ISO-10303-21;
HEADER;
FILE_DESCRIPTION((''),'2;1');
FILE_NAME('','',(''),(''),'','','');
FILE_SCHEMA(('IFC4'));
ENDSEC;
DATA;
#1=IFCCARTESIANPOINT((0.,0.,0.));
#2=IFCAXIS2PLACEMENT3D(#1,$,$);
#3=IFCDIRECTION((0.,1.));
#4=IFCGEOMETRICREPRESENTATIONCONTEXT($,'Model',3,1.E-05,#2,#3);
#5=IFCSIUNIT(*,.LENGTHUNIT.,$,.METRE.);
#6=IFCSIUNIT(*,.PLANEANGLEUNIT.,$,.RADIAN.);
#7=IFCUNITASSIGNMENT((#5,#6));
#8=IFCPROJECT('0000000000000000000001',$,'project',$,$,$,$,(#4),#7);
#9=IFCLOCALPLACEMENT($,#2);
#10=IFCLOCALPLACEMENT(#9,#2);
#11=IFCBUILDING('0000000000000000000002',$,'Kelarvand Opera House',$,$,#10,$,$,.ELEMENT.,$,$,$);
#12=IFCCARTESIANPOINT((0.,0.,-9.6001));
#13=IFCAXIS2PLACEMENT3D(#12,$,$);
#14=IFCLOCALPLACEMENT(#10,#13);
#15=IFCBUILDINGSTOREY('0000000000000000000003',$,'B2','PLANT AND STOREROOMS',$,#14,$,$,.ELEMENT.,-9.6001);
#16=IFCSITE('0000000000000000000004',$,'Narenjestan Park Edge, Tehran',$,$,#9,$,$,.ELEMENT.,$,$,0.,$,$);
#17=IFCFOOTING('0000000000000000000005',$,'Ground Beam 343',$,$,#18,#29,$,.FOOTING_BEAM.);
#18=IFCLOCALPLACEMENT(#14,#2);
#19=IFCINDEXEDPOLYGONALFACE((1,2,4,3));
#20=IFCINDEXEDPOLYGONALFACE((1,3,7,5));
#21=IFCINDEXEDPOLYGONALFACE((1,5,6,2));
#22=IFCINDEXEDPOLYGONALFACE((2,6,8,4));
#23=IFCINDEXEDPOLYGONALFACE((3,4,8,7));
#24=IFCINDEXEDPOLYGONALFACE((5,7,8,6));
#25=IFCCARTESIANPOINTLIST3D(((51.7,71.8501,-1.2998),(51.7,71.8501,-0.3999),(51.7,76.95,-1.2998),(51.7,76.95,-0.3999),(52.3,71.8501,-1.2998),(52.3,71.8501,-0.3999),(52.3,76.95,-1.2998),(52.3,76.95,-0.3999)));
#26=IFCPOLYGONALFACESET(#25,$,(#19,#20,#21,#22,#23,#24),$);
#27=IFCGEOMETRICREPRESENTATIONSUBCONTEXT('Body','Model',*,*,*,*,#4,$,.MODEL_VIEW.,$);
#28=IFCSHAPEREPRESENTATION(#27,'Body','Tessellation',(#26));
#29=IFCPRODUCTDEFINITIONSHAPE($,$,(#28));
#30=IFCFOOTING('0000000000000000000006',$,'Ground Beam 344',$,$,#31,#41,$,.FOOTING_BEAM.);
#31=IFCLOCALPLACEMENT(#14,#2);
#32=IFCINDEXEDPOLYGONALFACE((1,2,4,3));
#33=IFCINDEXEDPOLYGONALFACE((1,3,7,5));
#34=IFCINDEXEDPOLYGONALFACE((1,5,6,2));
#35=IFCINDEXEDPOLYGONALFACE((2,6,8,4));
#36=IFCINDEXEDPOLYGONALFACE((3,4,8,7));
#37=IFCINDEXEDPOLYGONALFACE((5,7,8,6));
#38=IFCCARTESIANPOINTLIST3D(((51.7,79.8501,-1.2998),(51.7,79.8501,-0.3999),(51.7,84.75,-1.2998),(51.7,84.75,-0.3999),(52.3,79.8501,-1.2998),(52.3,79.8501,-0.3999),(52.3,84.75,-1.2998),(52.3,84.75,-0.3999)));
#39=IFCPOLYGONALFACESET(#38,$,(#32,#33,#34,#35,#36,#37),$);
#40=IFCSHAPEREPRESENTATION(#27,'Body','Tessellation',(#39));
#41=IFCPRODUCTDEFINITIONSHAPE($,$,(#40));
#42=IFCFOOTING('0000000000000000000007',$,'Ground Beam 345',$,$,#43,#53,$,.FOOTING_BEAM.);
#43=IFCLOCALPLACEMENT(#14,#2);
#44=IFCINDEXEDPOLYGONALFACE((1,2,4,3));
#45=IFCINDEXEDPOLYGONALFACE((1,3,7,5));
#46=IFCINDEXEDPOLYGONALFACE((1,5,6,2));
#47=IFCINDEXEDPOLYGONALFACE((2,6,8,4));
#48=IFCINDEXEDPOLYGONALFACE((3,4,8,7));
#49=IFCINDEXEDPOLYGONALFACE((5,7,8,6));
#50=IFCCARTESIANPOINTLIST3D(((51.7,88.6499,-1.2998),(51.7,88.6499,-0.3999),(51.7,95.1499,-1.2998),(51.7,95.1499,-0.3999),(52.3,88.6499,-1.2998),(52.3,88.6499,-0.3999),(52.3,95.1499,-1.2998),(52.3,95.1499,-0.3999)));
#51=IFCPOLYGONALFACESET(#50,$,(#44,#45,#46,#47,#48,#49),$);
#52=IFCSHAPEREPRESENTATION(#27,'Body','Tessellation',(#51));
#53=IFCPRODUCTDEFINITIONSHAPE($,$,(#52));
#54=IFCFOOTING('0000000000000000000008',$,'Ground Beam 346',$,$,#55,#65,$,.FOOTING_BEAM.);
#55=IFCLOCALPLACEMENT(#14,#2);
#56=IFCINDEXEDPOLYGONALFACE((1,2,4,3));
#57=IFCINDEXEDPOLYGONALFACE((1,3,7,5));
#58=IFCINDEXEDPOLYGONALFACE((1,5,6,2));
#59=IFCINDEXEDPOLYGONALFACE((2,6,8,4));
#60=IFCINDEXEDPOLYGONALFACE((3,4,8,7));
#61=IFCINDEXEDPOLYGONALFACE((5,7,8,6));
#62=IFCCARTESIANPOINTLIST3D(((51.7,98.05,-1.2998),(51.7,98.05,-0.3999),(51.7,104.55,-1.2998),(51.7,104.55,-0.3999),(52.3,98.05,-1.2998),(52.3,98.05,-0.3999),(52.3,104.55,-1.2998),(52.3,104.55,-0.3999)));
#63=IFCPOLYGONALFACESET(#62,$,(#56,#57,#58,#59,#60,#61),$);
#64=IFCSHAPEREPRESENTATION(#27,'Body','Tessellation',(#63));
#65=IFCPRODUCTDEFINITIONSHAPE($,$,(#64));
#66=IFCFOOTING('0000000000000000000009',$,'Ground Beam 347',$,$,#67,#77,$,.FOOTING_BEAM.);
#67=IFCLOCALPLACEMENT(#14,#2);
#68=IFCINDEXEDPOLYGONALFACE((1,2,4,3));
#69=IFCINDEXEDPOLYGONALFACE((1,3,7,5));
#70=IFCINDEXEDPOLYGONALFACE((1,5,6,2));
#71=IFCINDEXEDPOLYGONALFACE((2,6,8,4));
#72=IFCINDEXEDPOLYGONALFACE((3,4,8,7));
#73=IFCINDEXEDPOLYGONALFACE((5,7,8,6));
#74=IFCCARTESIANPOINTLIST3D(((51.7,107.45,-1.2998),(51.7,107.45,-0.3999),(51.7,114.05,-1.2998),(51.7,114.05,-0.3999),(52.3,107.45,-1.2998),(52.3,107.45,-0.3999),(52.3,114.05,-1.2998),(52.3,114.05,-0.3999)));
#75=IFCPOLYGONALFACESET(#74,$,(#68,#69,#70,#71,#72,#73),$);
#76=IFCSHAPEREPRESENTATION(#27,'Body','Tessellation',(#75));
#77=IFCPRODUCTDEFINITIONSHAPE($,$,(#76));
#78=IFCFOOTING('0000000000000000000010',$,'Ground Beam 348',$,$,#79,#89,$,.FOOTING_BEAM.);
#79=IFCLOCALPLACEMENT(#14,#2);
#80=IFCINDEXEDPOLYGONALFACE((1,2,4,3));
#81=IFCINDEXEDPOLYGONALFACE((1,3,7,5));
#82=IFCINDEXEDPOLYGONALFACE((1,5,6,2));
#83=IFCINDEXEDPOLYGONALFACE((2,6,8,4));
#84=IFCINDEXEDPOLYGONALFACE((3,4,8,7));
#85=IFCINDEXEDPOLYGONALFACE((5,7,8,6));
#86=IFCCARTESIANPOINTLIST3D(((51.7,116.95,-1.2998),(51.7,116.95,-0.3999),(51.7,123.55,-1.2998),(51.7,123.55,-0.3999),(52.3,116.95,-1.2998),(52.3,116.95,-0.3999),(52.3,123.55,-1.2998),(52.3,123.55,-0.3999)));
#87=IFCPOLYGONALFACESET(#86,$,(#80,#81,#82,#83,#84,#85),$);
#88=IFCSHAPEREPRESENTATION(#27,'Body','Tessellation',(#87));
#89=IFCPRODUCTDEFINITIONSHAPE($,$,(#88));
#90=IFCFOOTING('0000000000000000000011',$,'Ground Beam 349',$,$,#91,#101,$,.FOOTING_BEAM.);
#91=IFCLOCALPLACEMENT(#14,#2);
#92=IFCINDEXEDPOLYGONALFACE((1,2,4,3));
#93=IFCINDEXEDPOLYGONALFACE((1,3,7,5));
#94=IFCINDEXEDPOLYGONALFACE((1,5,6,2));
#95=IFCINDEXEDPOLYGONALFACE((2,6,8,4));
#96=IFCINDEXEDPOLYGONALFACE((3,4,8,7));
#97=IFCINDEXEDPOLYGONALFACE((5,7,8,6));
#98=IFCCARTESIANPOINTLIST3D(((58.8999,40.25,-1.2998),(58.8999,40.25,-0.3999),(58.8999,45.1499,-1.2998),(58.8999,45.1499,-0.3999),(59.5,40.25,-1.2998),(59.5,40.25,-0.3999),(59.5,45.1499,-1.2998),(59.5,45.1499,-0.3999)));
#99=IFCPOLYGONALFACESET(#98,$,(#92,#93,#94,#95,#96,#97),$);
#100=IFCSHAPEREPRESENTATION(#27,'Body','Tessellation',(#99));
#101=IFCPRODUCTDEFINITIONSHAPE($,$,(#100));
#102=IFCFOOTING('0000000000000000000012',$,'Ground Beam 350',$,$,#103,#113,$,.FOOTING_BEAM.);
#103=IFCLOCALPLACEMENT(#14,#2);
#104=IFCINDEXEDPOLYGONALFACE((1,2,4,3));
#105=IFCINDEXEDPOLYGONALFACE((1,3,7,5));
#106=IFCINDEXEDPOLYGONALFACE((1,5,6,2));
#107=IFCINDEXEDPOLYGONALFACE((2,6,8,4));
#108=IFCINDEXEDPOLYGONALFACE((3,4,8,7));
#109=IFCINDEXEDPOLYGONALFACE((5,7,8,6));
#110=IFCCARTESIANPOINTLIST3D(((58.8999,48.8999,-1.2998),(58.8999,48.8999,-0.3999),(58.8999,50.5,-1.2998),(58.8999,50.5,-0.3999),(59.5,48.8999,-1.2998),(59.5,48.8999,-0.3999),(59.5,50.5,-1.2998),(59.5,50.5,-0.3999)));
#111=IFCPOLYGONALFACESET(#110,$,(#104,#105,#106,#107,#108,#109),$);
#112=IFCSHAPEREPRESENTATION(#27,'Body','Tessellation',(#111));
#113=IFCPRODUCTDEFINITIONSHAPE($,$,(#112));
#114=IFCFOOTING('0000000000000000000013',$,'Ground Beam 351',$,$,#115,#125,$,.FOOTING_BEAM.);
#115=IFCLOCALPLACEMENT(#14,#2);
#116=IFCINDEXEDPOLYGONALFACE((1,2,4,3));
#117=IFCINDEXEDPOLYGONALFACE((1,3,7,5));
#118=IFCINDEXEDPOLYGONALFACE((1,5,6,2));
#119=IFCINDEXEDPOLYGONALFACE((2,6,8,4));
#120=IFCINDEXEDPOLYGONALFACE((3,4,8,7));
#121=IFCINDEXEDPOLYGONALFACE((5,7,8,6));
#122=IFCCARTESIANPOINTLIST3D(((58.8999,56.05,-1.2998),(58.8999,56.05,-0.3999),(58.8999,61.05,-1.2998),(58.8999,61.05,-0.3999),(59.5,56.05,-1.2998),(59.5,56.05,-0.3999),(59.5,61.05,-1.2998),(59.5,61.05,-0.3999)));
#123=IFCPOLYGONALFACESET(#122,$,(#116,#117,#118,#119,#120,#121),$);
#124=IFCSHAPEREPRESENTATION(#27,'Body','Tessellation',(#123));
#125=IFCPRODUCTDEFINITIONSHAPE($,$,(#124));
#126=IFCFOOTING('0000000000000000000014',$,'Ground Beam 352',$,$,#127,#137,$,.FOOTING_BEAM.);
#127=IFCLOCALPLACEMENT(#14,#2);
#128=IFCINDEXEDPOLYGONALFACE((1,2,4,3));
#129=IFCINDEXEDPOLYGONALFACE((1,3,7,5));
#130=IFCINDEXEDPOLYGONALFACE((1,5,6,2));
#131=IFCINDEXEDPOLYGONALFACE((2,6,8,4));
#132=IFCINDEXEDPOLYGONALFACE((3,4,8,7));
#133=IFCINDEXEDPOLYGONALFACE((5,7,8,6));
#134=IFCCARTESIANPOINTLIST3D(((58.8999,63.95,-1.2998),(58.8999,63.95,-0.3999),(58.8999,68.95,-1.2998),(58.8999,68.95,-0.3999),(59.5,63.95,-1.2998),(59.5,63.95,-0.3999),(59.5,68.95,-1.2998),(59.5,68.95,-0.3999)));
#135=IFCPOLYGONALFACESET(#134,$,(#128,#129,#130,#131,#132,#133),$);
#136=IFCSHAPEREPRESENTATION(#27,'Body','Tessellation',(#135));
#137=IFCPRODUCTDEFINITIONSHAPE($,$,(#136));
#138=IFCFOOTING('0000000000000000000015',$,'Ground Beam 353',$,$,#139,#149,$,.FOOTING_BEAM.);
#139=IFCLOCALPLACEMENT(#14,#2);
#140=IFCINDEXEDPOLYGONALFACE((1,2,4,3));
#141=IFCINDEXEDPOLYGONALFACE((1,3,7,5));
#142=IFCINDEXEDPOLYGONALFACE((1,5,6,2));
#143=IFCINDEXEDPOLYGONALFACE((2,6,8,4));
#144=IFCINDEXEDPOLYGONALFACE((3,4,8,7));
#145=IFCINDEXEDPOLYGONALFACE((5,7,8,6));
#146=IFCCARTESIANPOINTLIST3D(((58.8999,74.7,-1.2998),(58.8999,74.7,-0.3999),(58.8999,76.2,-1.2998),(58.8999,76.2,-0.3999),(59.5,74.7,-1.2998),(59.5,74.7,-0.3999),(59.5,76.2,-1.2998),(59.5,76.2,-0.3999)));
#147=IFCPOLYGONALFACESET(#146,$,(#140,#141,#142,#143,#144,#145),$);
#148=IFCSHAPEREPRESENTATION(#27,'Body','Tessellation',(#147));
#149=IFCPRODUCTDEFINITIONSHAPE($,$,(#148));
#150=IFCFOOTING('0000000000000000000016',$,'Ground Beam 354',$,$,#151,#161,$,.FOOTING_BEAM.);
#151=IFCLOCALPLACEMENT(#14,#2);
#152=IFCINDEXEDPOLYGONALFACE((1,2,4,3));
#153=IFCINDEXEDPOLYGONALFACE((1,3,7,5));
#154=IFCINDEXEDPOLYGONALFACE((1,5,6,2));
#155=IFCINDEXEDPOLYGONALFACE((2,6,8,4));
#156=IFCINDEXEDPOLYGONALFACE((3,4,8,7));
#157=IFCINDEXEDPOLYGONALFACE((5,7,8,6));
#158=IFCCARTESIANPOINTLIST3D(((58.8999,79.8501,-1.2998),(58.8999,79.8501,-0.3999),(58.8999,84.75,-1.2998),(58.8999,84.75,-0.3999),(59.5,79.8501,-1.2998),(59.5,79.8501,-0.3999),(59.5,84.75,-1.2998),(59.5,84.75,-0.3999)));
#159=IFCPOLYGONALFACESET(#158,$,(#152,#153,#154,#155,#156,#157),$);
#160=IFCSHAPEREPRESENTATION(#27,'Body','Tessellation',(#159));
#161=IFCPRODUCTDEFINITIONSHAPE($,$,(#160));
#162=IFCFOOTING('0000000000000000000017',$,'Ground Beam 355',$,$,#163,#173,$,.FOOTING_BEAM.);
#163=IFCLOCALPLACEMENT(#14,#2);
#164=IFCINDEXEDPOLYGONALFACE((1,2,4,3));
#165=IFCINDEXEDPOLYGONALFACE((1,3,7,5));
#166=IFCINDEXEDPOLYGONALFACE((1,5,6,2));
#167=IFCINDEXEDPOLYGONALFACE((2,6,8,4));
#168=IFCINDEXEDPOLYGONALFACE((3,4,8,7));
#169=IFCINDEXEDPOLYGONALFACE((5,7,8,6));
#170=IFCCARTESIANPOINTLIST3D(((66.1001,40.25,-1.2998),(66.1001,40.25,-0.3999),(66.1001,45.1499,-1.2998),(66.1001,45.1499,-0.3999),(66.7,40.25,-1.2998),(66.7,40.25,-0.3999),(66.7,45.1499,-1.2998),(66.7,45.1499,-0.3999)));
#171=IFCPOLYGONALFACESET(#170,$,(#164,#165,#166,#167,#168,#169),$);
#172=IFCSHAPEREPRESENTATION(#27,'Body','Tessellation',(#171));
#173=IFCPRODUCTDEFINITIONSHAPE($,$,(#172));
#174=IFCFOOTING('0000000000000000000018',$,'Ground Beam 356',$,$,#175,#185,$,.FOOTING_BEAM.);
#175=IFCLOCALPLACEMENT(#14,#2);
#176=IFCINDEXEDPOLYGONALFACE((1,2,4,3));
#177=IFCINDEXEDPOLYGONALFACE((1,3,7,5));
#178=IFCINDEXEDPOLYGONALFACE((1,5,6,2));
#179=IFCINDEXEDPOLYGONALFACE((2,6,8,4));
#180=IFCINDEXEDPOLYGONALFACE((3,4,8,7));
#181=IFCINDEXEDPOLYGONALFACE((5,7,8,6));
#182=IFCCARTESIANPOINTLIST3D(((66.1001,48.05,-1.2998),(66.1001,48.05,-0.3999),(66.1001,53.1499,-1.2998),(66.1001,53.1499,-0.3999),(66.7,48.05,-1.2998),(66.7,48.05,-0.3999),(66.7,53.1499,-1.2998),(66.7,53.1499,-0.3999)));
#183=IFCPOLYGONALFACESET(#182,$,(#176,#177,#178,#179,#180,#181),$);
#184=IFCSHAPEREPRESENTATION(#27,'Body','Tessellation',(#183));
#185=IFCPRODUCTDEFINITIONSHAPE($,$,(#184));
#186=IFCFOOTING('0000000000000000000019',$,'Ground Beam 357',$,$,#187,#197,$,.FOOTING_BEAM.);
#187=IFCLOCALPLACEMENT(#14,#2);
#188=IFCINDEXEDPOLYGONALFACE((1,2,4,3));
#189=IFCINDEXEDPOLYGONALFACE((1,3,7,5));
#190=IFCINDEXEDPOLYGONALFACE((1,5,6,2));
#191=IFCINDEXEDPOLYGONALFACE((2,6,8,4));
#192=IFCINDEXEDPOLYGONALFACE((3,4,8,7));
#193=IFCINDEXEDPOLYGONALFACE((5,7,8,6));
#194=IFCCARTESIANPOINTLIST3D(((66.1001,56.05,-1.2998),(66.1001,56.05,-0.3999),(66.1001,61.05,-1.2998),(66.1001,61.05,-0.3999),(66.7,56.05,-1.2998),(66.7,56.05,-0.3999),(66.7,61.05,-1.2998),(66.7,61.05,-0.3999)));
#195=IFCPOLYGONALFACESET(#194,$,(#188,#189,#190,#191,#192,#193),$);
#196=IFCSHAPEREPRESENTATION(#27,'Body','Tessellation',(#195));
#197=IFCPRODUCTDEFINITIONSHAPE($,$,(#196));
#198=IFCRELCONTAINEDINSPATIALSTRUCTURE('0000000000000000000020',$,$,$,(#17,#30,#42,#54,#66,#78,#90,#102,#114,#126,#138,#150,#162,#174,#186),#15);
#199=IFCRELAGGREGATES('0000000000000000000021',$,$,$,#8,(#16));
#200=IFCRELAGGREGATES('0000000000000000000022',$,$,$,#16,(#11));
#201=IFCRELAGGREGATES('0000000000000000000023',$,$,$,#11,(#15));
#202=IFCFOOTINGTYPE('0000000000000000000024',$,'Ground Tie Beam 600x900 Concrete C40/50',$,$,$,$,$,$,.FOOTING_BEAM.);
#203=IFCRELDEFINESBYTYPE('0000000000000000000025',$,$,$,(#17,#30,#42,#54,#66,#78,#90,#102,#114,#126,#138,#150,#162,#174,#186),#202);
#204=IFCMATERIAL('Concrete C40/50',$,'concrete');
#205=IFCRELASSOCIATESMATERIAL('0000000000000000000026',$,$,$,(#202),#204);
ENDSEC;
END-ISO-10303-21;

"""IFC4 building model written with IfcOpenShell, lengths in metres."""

from ifc_helpers import new_model, si_unit, direction, frame, origin, place, context, subcontext, project, spatial, polyline, outline, extrude, material, type_object, element, save


model = new_model("IFC4")

# Units and contexts
model_context = context("Model", 3, precision=1e-05, world=origin(), true_north=direction((0.0, 1.0)))
body_context = subcontext(model_context, "Body", "Model", "MODEL_VIEW")
ifc_project = project(units=[si_unit("LENGTHUNIT", "METRE"), si_unit("PLANEANGLEUNIT", "RADIAN")], contexts=[model_context])

# Site, building, storey
site_placement = place(None, origin())
site = spatial("IfcSite", under=ifc_project, at=site_placement, Name="Narenjestan Park Edge, Tehran", CompositionType="ELEMENT", RefElevation=0.0)
building_placement = place(site_placement, origin())
building = spatial("IfcBuilding", under=site, at=building_placement, Name="Kelarvand Opera House", CompositionType="ELEMENT")
storey_placement = place(building_placement, frame((0.0, 0.0, -9.6001)))
storey = spatial("IfcBuildingStorey", under=building, at=storey_placement, Name="B2", Description="PLANT AND STOREROOMS", CompositionType="ELEMENT", Elevation=-9.6001)

# Footings
ifc_material = material(Name="Concrete C40/50", Category="concrete")
footing_type = type_object("IfcFootingType", Name="Ground Tie Beam 600x900 Concrete C40/50", PredefinedType="FOOTING_BEAM", material=ifc_material)
footing_1_placement = place(storey_placement, frame((0.0, 0.0, -1.2998)))
element("IfcFooting", 1, at=footing_1_placement, inside=storey, type_object=footing_type, Name="Ground Beam 343", PredefinedType="FOOTING_BEAM", context=body_context, shape_type="SweptSolid", body=[
    extrude(outline(polyline([(51.7, 71.8501), (52.3, 71.8501), (52.3, 76.95), (51.7, 76.95), (51.7, 71.8501)])), origin(), (0.0, 0.0, 1.0), 0.8999),
])
footing_2_placement = place(storey_placement, frame((0.0, 0.0, -1.2998)))
element("IfcFooting", 2, at=footing_2_placement, inside=storey, type_object=footing_type, Name="Ground Beam 344", PredefinedType="FOOTING_BEAM", context=body_context, shape_type="SweptSolid", body=[
    extrude(outline(polyline([(51.7, 79.8501), (52.3, 79.8501), (52.3, 84.75), (51.7, 84.75), (51.7, 79.8501)])), origin(), (0.0, 0.0, 1.0), 0.8999),
])
footing_3_placement = place(storey_placement, frame((0.0, 0.0, -1.2998)))
element("IfcFooting", 3, at=footing_3_placement, inside=storey, type_object=footing_type, Name="Ground Beam 345", PredefinedType="FOOTING_BEAM", context=body_context, shape_type="SweptSolid", body=[
    extrude(outline(polyline([(51.7, 88.6499), (52.3, 88.6499), (52.3, 95.1499), (51.7, 95.1499), (51.7, 88.6499)])), origin(), (0.0, 0.0, 1.0), 0.8999),
])
footing_4_placement = place(storey_placement, frame((0.0, 0.0, -1.2998)))
element("IfcFooting", 4, at=footing_4_placement, inside=storey, type_object=footing_type, Name="Ground Beam 346", PredefinedType="FOOTING_BEAM", context=body_context, shape_type="SweptSolid", body=[
    extrude(outline(polyline([(51.7, 98.05), (52.3, 98.05), (52.3, 104.55), (51.7, 104.55), (51.7, 98.05)])), origin(), (0.0, 0.0, 1.0), 0.8999),
])
footing_5_placement = place(storey_placement, frame((0.0, 0.0, -1.2998)))
element("IfcFooting", 5, at=footing_5_placement, inside=storey, type_object=footing_type, Name="Ground Beam 347", PredefinedType="FOOTING_BEAM", context=body_context, shape_type="SweptSolid", body=[
    extrude(outline(polyline([(51.7, 107.45), (52.3, 107.45), (52.3, 114.05), (51.7, 114.05), (51.7, 107.45)])), origin(), (0.0, 0.0, 1.0), 0.8999),
])
footing_6_placement = place(storey_placement, frame((0.0, 0.0, -1.2998)))
element("IfcFooting", 6, at=footing_6_placement, inside=storey, type_object=footing_type, Name="Ground Beam 348", PredefinedType="FOOTING_BEAM", context=body_context, shape_type="SweptSolid", body=[
    extrude(outline(polyline([(51.7, 116.95), (52.3, 116.95), (52.3, 123.55), (51.7, 123.55), (51.7, 116.95)])), origin(), (0.0, 0.0, 1.0), 0.8999),
])
footing_7_placement = place(storey_placement, frame((0.0, 0.0, -1.2998)))
element("IfcFooting", 7, at=footing_7_placement, inside=storey, type_object=footing_type, Name="Ground Beam 349", PredefinedType="FOOTING_BEAM", context=body_context, shape_type="SweptSolid", body=[
    extrude(outline(polyline([(58.8999, 40.25), (59.5, 40.25), (59.5, 45.1499), (58.8999, 45.1499), (58.8999, 40.25)])), origin(), (0.0, 0.0, 1.0), 0.8999),
])
footing_8_placement = place(storey_placement, frame((0.0, 0.0, -1.2998)))
element("IfcFooting", 8, at=footing_8_placement, inside=storey, type_object=footing_type, Name="Ground Beam 350", PredefinedType="FOOTING_BEAM", context=body_context, shape_type="SweptSolid", body=[
    extrude(outline(polyline([(58.8999, 48.8999), (59.5, 48.8999), (59.5, 50.5), (58.8999, 50.5), (58.8999, 48.8999)])), origin(), (0.0, 0.0, 1.0), 0.8999),
])
footing_9_placement = place(storey_placement, frame((0.0, 0.0, -1.2998)))
element("IfcFooting", 9, at=footing_9_placement, inside=storey, type_object=footing_type, Name="Ground Beam 351", PredefinedType="FOOTING_BEAM", context=body_context, shape_type="SweptSolid", body=[
    extrude(outline(polyline([(58.8999, 56.05), (59.5, 56.05), (59.5, 61.05), (58.8999, 61.05), (58.8999, 56.05)])), origin(), (0.0, 0.0, 1.0), 0.8999),
])
footing_10_placement = place(storey_placement, frame((0.0, 0.0, -1.2998)))
element("IfcFooting", 10, at=footing_10_placement, inside=storey, type_object=footing_type, Name="Ground Beam 352", PredefinedType="FOOTING_BEAM", context=body_context, shape_type="SweptSolid", body=[
    extrude(outline(polyline([(58.8999, 63.95), (59.5, 63.95), (59.5, 68.95), (58.8999, 68.95), (58.8999, 63.95)])), origin(), (0.0, 0.0, 1.0), 0.8999),
])
footing_11_placement = place(storey_placement, frame((0.0, 0.0, -1.2998)))
element("IfcFooting", 11, at=footing_11_placement, inside=storey, type_object=footing_type, Name="Ground Beam 353", PredefinedType="FOOTING_BEAM", context=body_context, shape_type="SweptSolid", body=[
    extrude(outline(polyline([(58.8999, 74.7), (59.5, 74.7), (59.5, 76.2), (58.8999, 76.2), (58.8999, 74.7)])), origin(), (0.0, 0.0, 1.0), 0.8999),
])
footing_12_placement = place(storey_placement, frame((0.0, 0.0, -1.2998)))
element("IfcFooting", 12, at=footing_12_placement, inside=storey, type_object=footing_type, Name="Ground Beam 354", PredefinedType="FOOTING_BEAM", context=body_context, shape_type="SweptSolid", body=[
    extrude(outline(polyline([(58.8999, 79.8501), (59.5, 79.8501), (59.5, 84.75), (58.8999, 84.75), (58.8999, 79.8501)])), origin(), (0.0, 0.0, 1.0), 0.8999),
])
footing_13_placement = place(storey_placement, frame((0.0, 0.0, -1.2998)))
element("IfcFooting", 13, at=footing_13_placement, inside=storey, type_object=footing_type, Name="Ground Beam 355", PredefinedType="FOOTING_BEAM", context=body_context, shape_type="SweptSolid", body=[
    extrude(outline(polyline([(66.1001, 40.25), (66.7, 40.25), (66.7, 45.1499), (66.1001, 45.1499), (66.1001, 40.25)])), origin(), (0.0, 0.0, 1.0), 0.8999),
])
footing_14_placement = place(storey_placement, frame((0.0, 0.0, -1.2998)))
element("IfcFooting", 14, at=footing_14_placement, inside=storey, type_object=footing_type, Name="Ground Beam 356", PredefinedType="FOOTING_BEAM", context=body_context, shape_type="SweptSolid", body=[
    extrude(outline(polyline([(66.1001, 48.05), (66.7, 48.05), (66.7, 53.1499), (66.1001, 53.1499), (66.1001, 48.05)])), origin(), (0.0, 0.0, 1.0), 0.8999),
])
footing_15_placement = place(storey_placement, frame((0.0, 0.0, -1.2998)))
element("IfcFooting", 15, at=footing_15_placement, inside=storey, type_object=footing_type, Name="Ground Beam 357", PredefinedType="FOOTING_BEAM", context=body_context, shape_type="SweptSolid", body=[
    extrude(outline(polyline([(66.1001, 56.05), (66.7, 56.05), (66.7, 61.05), (66.1001, 61.05), (66.1001, 56.05)])), origin(), (0.0, 0.0, 1.0), 0.8999),
])

save(model, "model.ifc")
